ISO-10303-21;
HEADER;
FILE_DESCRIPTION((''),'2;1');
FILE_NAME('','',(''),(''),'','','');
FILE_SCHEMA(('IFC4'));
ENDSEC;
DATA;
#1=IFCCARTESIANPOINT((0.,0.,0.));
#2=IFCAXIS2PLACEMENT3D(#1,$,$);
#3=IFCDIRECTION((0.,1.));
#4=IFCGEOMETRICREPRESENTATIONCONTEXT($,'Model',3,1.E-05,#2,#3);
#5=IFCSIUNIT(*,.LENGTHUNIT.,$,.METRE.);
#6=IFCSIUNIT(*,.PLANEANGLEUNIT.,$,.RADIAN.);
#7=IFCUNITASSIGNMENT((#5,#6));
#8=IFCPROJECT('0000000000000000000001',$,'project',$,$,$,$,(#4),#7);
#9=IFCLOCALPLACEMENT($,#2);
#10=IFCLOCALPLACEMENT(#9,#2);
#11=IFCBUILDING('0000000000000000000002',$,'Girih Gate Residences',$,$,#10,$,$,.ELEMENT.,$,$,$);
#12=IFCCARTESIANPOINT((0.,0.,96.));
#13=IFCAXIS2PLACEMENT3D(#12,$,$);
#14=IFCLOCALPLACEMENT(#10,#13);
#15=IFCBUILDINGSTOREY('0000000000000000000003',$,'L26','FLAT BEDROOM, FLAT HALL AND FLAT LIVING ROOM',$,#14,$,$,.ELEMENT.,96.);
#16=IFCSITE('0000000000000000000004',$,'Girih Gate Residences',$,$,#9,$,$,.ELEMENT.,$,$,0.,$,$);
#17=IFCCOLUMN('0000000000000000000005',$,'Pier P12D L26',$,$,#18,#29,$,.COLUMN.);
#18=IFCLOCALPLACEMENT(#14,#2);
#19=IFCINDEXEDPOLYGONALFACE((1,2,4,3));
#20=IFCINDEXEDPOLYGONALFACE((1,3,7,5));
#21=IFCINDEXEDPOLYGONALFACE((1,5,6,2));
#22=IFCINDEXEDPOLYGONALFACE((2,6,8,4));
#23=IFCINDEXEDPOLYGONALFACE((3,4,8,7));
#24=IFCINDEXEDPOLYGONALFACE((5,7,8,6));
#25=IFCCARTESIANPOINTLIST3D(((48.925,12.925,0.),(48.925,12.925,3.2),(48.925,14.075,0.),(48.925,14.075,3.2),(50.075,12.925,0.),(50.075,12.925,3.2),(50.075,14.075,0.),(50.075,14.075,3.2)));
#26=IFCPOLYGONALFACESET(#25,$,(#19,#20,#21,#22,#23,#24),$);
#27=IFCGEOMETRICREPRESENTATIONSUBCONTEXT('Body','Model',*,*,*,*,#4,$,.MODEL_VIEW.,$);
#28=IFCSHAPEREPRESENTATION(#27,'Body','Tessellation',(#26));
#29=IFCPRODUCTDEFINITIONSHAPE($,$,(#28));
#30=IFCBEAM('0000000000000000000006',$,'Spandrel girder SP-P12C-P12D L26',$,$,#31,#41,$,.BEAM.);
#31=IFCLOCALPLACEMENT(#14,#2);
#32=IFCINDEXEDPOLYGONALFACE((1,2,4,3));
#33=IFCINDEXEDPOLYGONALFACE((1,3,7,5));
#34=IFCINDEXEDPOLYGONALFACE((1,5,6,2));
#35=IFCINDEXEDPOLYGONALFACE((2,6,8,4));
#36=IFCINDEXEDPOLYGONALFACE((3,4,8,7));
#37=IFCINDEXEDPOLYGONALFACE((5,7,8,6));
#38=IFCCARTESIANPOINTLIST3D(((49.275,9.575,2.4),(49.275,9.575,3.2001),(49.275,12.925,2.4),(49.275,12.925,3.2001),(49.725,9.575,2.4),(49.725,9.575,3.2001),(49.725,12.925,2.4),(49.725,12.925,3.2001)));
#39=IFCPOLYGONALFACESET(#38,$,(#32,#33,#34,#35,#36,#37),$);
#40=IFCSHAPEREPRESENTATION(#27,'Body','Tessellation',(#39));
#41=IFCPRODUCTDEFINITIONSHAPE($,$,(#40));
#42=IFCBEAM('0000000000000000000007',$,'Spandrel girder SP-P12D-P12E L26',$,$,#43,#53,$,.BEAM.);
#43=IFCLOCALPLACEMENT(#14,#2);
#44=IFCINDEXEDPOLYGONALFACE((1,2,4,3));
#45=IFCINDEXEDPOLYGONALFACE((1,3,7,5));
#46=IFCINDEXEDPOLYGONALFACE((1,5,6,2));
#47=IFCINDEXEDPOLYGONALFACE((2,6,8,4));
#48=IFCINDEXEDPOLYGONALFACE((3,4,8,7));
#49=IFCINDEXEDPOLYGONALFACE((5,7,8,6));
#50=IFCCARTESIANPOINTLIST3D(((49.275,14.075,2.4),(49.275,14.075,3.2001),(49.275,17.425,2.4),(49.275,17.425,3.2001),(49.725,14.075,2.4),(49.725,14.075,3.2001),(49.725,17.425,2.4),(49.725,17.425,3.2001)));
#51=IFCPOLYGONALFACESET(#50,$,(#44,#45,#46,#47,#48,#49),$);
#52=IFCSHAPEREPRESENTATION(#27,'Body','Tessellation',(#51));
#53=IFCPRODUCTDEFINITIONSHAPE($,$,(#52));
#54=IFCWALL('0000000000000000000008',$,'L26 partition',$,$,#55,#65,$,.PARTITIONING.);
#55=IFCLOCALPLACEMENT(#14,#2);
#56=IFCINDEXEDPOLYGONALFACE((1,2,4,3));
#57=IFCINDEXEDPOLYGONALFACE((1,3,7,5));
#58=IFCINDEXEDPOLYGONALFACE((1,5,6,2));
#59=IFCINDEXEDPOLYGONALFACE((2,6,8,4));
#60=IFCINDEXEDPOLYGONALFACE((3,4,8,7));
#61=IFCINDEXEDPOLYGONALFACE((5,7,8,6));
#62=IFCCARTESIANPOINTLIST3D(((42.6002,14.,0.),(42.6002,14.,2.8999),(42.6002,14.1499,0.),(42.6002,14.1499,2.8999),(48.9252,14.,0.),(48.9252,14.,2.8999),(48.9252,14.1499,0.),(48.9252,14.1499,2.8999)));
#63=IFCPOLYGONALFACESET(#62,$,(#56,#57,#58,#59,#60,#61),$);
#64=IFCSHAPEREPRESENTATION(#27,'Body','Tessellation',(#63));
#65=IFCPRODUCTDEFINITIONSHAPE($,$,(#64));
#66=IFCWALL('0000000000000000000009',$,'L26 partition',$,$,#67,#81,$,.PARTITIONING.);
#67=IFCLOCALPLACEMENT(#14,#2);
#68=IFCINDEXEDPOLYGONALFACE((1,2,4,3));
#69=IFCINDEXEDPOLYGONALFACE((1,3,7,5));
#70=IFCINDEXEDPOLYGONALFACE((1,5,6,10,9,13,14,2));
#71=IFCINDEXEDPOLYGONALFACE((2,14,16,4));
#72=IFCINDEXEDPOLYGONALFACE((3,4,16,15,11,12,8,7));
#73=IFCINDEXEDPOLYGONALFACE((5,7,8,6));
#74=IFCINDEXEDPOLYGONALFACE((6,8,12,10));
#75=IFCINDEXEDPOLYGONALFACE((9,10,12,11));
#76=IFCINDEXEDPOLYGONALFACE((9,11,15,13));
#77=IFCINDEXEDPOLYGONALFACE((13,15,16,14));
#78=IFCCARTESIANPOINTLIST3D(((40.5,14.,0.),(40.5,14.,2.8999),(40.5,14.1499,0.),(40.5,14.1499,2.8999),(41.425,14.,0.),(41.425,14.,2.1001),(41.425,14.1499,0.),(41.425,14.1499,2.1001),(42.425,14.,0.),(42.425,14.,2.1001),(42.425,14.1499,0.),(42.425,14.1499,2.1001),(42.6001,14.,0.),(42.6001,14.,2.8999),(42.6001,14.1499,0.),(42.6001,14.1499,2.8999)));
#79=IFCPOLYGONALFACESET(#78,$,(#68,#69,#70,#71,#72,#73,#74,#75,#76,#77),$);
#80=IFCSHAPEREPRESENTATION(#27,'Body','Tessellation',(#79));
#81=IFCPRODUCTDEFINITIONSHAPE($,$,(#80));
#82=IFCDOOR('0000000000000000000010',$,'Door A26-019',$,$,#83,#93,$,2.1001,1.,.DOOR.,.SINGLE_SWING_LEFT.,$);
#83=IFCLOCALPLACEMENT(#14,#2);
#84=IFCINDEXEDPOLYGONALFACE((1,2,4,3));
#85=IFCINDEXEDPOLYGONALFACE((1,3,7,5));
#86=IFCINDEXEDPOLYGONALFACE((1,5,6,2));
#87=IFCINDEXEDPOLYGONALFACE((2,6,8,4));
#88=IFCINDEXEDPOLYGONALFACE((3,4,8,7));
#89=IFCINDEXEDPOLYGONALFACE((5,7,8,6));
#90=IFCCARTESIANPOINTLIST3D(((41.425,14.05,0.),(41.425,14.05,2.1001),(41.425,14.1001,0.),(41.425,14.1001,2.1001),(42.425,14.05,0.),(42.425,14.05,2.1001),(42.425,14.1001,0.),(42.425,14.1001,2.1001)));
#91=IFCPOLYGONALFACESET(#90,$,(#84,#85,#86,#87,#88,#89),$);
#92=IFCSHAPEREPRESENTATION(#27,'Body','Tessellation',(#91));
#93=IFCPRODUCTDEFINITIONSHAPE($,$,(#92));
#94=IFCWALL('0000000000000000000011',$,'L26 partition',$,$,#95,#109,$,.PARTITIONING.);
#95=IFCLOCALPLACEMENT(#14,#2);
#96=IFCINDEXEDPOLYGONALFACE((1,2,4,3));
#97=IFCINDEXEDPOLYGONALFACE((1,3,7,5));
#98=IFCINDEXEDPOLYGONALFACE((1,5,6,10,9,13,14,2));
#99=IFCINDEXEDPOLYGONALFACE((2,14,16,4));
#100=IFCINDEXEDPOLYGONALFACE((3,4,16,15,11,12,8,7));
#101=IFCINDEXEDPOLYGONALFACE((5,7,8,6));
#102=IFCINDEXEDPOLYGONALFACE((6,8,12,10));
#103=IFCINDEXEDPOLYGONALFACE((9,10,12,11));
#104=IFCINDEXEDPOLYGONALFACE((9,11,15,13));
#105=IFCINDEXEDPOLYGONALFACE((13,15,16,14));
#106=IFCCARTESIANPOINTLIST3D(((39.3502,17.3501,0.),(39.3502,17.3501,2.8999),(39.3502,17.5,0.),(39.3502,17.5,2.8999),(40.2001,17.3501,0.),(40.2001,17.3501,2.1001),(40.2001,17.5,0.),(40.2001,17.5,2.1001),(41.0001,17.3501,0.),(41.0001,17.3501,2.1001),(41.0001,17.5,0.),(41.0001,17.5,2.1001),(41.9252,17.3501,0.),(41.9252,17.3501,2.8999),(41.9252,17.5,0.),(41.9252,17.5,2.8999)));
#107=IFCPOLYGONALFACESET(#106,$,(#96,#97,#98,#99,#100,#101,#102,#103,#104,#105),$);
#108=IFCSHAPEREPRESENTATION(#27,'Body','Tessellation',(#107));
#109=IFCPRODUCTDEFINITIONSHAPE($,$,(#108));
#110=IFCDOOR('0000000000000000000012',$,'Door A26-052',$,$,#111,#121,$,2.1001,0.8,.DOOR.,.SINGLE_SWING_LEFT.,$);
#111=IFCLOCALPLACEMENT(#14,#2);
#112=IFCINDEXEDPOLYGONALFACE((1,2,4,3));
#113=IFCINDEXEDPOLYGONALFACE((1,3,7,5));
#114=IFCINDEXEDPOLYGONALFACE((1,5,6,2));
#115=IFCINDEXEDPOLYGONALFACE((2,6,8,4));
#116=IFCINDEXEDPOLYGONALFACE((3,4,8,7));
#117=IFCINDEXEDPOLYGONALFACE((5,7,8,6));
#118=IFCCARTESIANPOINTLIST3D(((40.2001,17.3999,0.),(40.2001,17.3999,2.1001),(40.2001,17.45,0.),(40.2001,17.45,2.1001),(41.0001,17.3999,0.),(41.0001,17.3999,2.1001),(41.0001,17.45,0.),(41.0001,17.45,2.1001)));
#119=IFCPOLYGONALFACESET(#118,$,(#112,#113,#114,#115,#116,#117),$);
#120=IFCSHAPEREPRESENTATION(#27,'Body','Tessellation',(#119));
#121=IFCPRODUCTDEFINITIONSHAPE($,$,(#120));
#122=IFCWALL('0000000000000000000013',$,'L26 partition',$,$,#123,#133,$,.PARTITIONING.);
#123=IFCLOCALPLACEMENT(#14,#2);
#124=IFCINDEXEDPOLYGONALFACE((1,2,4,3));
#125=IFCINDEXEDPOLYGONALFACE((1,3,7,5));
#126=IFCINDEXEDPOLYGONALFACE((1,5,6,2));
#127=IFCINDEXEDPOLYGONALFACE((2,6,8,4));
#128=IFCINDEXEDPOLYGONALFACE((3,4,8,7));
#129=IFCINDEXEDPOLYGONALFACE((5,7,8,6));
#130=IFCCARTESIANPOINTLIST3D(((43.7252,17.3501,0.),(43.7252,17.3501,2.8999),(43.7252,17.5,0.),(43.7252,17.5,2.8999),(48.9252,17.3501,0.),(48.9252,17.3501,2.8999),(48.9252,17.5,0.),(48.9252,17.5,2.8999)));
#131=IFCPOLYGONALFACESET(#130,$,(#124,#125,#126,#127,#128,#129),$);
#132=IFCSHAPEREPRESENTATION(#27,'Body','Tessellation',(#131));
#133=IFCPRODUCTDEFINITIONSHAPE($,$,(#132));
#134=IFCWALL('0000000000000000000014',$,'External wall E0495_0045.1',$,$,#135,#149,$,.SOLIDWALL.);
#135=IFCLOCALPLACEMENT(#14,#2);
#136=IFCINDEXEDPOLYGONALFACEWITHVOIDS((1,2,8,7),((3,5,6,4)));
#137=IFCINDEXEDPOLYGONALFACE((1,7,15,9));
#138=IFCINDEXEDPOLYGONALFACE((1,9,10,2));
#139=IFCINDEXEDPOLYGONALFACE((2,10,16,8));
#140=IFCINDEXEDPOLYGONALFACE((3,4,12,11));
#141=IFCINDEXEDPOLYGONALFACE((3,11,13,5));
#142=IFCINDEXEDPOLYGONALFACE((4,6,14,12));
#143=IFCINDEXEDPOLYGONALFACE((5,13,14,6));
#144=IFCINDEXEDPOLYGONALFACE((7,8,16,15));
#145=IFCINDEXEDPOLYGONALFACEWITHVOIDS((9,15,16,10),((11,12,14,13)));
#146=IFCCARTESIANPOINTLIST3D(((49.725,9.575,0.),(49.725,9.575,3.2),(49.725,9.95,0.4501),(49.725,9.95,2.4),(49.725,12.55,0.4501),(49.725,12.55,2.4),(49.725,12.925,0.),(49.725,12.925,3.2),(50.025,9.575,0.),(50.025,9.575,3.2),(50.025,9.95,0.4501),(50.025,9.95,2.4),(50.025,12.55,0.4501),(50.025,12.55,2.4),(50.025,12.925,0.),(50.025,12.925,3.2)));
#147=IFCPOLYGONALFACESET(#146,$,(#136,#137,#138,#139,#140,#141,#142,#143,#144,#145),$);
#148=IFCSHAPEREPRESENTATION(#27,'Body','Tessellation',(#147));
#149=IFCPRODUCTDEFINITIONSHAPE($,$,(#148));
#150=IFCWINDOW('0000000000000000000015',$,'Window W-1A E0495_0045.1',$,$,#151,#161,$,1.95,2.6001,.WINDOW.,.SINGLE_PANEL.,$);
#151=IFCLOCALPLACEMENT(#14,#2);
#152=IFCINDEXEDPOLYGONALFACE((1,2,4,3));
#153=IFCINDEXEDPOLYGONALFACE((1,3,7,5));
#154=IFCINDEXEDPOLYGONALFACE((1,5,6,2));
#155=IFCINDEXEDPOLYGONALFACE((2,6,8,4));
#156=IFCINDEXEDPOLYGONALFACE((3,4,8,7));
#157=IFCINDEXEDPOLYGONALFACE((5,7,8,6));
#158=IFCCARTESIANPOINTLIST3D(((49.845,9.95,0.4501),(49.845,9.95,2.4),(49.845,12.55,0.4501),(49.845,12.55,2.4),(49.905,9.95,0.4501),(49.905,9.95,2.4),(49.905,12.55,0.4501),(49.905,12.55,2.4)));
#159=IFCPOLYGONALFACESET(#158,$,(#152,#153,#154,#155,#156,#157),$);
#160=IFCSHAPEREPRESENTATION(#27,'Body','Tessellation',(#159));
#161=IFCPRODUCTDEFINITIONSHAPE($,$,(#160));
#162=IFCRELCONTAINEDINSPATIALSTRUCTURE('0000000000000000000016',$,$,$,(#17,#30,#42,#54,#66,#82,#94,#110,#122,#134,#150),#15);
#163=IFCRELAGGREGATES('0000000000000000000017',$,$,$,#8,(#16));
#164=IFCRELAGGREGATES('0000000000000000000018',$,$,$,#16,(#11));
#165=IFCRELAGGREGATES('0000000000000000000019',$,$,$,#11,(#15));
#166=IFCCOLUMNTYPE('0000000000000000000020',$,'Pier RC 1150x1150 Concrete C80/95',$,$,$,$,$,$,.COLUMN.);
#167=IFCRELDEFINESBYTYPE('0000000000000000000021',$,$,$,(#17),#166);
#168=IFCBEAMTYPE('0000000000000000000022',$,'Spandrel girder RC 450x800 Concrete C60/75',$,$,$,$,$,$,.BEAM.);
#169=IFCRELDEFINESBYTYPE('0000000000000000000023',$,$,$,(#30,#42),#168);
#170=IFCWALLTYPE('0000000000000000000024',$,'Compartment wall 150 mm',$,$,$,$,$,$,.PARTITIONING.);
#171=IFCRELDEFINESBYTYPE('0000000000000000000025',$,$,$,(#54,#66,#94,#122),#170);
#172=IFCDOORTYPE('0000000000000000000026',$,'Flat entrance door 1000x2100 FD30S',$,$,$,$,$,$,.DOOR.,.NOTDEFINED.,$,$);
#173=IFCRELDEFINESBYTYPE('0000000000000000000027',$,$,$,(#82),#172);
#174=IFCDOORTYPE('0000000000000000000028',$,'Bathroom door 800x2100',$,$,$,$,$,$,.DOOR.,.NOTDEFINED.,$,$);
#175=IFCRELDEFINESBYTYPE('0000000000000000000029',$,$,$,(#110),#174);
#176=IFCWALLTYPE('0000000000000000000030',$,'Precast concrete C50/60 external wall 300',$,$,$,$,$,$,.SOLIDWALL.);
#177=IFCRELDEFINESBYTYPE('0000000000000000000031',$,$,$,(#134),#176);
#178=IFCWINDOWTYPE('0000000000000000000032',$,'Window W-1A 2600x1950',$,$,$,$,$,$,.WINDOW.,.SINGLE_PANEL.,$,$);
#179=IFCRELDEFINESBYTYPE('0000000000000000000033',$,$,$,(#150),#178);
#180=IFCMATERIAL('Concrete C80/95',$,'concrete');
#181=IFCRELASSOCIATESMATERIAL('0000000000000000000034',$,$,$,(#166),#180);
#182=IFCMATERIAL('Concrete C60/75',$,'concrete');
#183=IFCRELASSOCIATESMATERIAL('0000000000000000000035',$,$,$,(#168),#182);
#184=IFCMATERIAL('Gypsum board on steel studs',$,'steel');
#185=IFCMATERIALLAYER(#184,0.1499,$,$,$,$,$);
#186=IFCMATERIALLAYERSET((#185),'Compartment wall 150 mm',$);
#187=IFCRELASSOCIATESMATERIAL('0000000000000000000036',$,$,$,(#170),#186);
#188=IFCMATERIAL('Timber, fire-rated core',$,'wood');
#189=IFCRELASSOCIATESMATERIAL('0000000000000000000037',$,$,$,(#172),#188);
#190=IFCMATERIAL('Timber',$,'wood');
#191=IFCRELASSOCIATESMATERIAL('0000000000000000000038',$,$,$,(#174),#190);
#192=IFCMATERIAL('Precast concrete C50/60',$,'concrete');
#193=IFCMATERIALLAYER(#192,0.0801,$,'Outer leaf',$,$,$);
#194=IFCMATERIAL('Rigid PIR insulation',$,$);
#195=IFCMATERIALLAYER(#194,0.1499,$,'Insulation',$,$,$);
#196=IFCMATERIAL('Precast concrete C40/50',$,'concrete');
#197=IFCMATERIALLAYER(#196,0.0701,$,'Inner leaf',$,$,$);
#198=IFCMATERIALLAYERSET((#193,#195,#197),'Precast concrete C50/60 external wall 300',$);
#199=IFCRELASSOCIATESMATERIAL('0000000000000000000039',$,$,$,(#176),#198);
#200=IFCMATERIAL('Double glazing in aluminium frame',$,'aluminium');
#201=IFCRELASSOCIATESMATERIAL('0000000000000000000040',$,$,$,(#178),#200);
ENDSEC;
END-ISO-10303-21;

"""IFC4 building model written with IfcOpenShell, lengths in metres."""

from ifc_helpers import new_model, si_unit, direction, frame, frame_2d, origin, origin_2d, place, context, subcontext, project, spatial, rectangle, extrude, material, layer, layer_set, material_profile, profile_set, type_object, element, fill, save


model = new_model("IFC4")

# Units and contexts
model_context = context("Model", 3, precision=1e-05, world=origin(), true_north=direction((0.0, 1.0)))
body_context = subcontext(model_context, "Body", "Model", "MODEL_VIEW")
ifc_project = project(units=[si_unit("LENGTHUNIT", "METRE"), si_unit("PLANEANGLEUNIT", "RADIAN")], contexts=[model_context])

# Site, building, storey
site_placement = place(None, origin())
site = spatial("IfcSite", under=ifc_project, at=site_placement, Name="Girih Gate Residences", CompositionType="ELEMENT", RefElevation=0.0)
building_placement = place(site_placement, origin())
building = spatial("IfcBuilding", under=site, at=building_placement, Name="Girih Gate Residences", CompositionType="ELEMENT")
storey_placement = place(building_placement, frame((0.0, 0.0, 96.0)))
storey = spatial("IfcBuildingStorey", under=building, at=storey_placement, Name="L26", Description="FLAT BEDROOM, FLAT HALL AND FLAT LIVING ROOM", CompositionType="ELEMENT", Elevation=96.0)

# Column
ifc_material_1 = material(Name="Concrete C80/95", Category="concrete")
ifc_material_profile_1 = material_profile(ifc_material_1, rectangle(XDim=1.1499, YDim=1.1499, at=origin_2d()))
ifc_profile_set_1 = profile_set([ifc_material_profile_1], Name="Concrete C80/95")
column_type = type_object("IfcColumnType", Name="Pier RC 1150x1150 Concrete C80/95", PredefinedType="COLUMN", material=ifc_profile_set_1)
column_placement = place(storey_placement, frame((49.5, 13.5, 0.0), z_axis=(0.0, 0.0, 1.0), x_axis=(1.0, 0.0, 0.0)))
element("IfcColumn", 1, at=column_placement, inside=storey, type_object=column_type, Name="Pier P12D L26", PredefinedType="COLUMN", context=body_context, shape_type="SweptSolid", body=[
    extrude(rectangle(XDim=1.1499, YDim=1.1499, at=origin_2d()), origin(), (0.0, 0.0, 1.0), 3.2),
])

# Beams
ifc_material_2 = material(Name="Concrete C60/75", Category="concrete")
ifc_material_profile_2 = material_profile(ifc_material_2, rectangle(XDim=0.45, YDim=0.8, at=origin_2d()))
ifc_profile_set_2 = profile_set([ifc_material_profile_2], Name="Concrete C60/75")
beam_type = type_object("IfcBeamType", Name="Spandrel girder RC 450x800 Concrete C60/75", PredefinedType="BEAM", material=ifc_profile_set_2)
for number, where, z_axis, x_axis, name in (
    (2, (49.5, 9.575, 2.8), (0.0, 1.0, 0.0), (-1.0, 0.0, 0.0), "Spandrel girder SP-P12C-P12D L26"),
    (3, (49.5, 14.075, 2.8), (0.0, 1.0, 0.0), (-1.0, 0.0, 0.0), "Spandrel girder SP-P12D-P12E L26"),
):
    element("IfcBeam", number, at=place(storey_placement, frame(where, z_axis=z_axis, x_axis=x_axis)), inside=storey, type_object=beam_type, Name=name, PredefinedType="BEAM", context=body_context, shape_type="SweptSolid", body=[
        extrude(rectangle(XDim=0.45, YDim=0.8, at=origin_2d()), origin(), (0.0, 0.0, 1.0), 3.3501),
    ])

# Wall
ifc_material_3 = material(Name="Gypsum board on steel studs", Category="steel")
ifc_layer_1 = layer(ifc_material_3, 0.1499)
ifc_layer_set_1 = layer_set([ifc_layer_1], Name="Compartment wall 150 mm")
wall_type_1 = type_object("IfcWallType", Name="Compartment wall 150 mm", PredefinedType="PARTITIONING", material=ifc_layer_set_1)
wall_1_placement = place(storey_placement, frame((42.6001, 14.075, 0.0), z_axis=(0.0, 0.0, 1.0), x_axis=(1.0, 0.0, 0.0)))
element("IfcWall", 4, at=wall_1_placement, inside=storey, type_object=wall_type_1, Name="L26 partition", PredefinedType="PARTITIONING", context=body_context, shape_type="SweptSolid", body=[
    extrude(rectangle(XDim=6.325, YDim=0.1499, at=frame_2d((3.1626, 0.0))), origin(), (0.0, 0.0, 1.0), 2.8999),
])

# Walls, openings, doors
wall_2_placement = place(storey_placement, frame((42.6001, 14.075, 0.0), z_axis=(0.0, 0.0, 1.0), x_axis=(-1.0, 0.0, 0.0)))
wall_2 = element("IfcWall", 5, at=wall_2_placement, inside=storey, type_object=wall_type_1, Name="L26 partition", PredefinedType="PARTITIONING", context=body_context, shape_type="SweptSolid", body=[
    extrude(rectangle(XDim=2.1001, YDim=0.1499, at=frame_2d((1.05, 0.0))), origin(), (0.0, 0.0, 1.0), 2.8999),
])
opening_1_placement = place(wall_2_placement, frame((0.175, 0.0, 0.0)))
opening_1 = element("IfcOpeningElement", 6, at=opening_1_placement, cuts=wall_2, PredefinedType="OPENING", context=body_context, shape_type="SweptSolid", body=[
    extrude(rectangle(XDim=1.0, YDim=2.1001, at=frame_2d((0.5, 1.05))), frame((0.0, 0.085, 0.0), z_axis=(0.0, -1.0, 0.0), x_axis=(1.0, 0.0, 0.0)), (0.0, 0.0, 1.0), 0.1699),
])
ifc_material_4 = material(Name="Timber, fire-rated core", Category="wood")
door_type_1 = type_object("IfcDoorType", Name="Flat entrance door 1000x2100 FD30S", OperationType="NOTDEFINED", PredefinedType="DOOR", material=ifc_material_4)
door_1_placement = place(opening_1_placement, origin())
door_1 = element("IfcDoor", 7, at=door_1_placement, inside=storey, type_object=door_type_1, Name="Door A26-019", OperationType="SINGLE_SWING_LEFT", OverallHeight=2.1001, OverallWidth=1.0, PredefinedType="DOOR", context=body_context, shape_type="SweptSolid", body=[
    extrude(rectangle(XDim=1.0, YDim=2.1001, at=frame_2d((0.5, 1.05))), frame((0.0, 0.0249, 0.0), z_axis=(0.0, -1.0, 0.0), x_axis=(1.0, 0.0, 0.0)), (0.0, 0.0, 1.0), 0.05),
])
fill(opening_1, door_1)
wall_3_placement = place(storey_placement, frame((39.3501, 17.425, 0.0), z_axis=(0.0, 0.0, 1.0), x_axis=(1.0, 0.0, 0.0)))
wall_3 = element("IfcWall", 8, at=wall_3_placement, inside=storey, type_object=wall_type_1, Name="L26 partition", PredefinedType="PARTITIONING", context=body_context, shape_type="SweptSolid", body=[
    extrude(rectangle(XDim=2.575, YDim=0.1499, at=frame_2d((1.2876, 0.0))), origin(), (0.0, 0.0, 1.0), 2.8999),
])
opening_2_placement = place(wall_3_placement, frame((0.8501, 0.0, 0.0)))
opening_2 = element("IfcOpeningElement", 9, at=opening_2_placement, cuts=wall_3, PredefinedType="OPENING", context=body_context, shape_type="SweptSolid", body=[
    extrude(rectangle(XDim=0.8, YDim=2.1001, at=frame_2d((0.3999, 1.05))), frame((0.0, 0.085, 0.0), z_axis=(0.0, -1.0, 0.0), x_axis=(1.0, 0.0, 0.0)), (0.0, 0.0, 1.0), 0.1699),
])
ifc_material_5 = material(Name="Timber", Category="wood")
door_type_2 = type_object("IfcDoorType", Name="Bathroom door 800x2100", OperationType="NOTDEFINED", PredefinedType="DOOR", material=ifc_material_5)
door_2_placement = place(opening_2_placement, origin())
door_2 = element("IfcDoor", 10, at=door_2_placement, inside=storey, type_object=door_type_2, Name="Door A26-052", OperationType="SINGLE_SWING_LEFT", OverallHeight=2.1001, OverallWidth=0.8, PredefinedType="DOOR", context=body_context, shape_type="SweptSolid", body=[
    extrude(rectangle(XDim=0.8, YDim=2.1001, at=frame_2d((0.3999, 1.05))), frame((0.0, 0.0249, 0.0), z_axis=(0.0, -1.0, 0.0), x_axis=(1.0, 0.0, 0.0)), (0.0, 0.0, 1.0), 0.05),
])
fill(opening_2, door_2)

# Wall
wall_4_placement = place(storey_placement, frame((43.7251, 17.425, 0.0), z_axis=(0.0, 0.0, 1.0), x_axis=(1.0, 0.0, 0.0)))
element("IfcWall", 11, at=wall_4_placement, inside=storey, type_object=wall_type_1, Name="L26 partition", PredefinedType="PARTITIONING", context=body_context, shape_type="SweptSolid", body=[
    extrude(rectangle(XDim=5.2, YDim=0.1499, at=frame_2d((2.6001, 0.0))), origin(), (0.0, 0.0, 1.0), 2.8999),
])

# Wall, opening, window
ifc_material_6 = material(Name="Precast concrete C50/60", Category="concrete")
ifc_layer_2 = layer(ifc_material_6, 0.0801, Name="Outer leaf")
ifc_material_7 = material(Name="Rigid PIR insulation")
ifc_layer_3 = layer(ifc_material_7, 0.1499, Name="Insulation")
ifc_material_8 = material(Name="Precast concrete C40/50", Category="concrete")
ifc_layer_4 = layer(ifc_material_8, 0.0701, Name="Inner leaf")
ifc_layer_set_2 = layer_set([ifc_layer_2, ifc_layer_3, ifc_layer_4], Name="Precast concrete C50/60 external wall 300")
wall_type_2 = type_object("IfcWallType", Name="Precast concrete C50/60 external wall 300", PredefinedType="SOLIDWALL", material=ifc_layer_set_2)
wall_5_placement = place(storey_placement, frame((49.875, 12.925, 0.0), z_axis=(0.0, 0.0, 1.0), x_axis=(0.0, -1.0, 0.0)))
wall_5 = element("IfcWall", 12, at=wall_5_placement, inside=storey, type_object=wall_type_2, Name="External wall E0495_0045.1", PredefinedType="SOLIDWALL", context=body_context, shape_type="SweptSolid", body=[
    extrude(rectangle(XDim=3.3501, YDim=0.3, at=frame_2d((1.675, 0.0))), origin(), (0.0, 0.0, 1.0), 3.2),
])
opening_3_placement = place(wall_5_placement, frame((0.375, 0.0, 0.45)))
opening_3 = element("IfcOpeningElement", 13, at=opening_3_placement, cuts=wall_5, PredefinedType="OPENING", context=body_context, shape_type="SweptSolid", body=[
    extrude(rectangle(XDim=2.6001, YDim=1.95, at=frame_2d((1.3, 0.9751))), frame((0.0, 0.1599, 0.0), z_axis=(0.0, -1.0, 0.0), x_axis=(1.0, 0.0, 0.0)), (0.0, 0.0, 1.0), 0.3201),
])
ifc_material_9 = material(Name="Double glazing in aluminium frame", Category="aluminium")
window_type = type_object("IfcWindowType", Name="Window W-1A 2600x1950", PartitioningType="SINGLE_PANEL", PredefinedType="WINDOW", material=ifc_material_9)
window_1_placement = place(opening_3_placement, origin())
window_1 = element("IfcWindow", 14, at=window_1_placement, inside=storey, type_object=window_type, Name="Window W-1A E0495_0045.1", OverallHeight=1.95, OverallWidth=2.6001, PartitioningType="SINGLE_PANEL", PredefinedType="WINDOW", context=body_context, shape_type="SweptSolid", body=[
    extrude(rectangle(XDim=2.6001, YDim=1.95, at=frame_2d((1.3, 0.9751))), frame((0.0, 0.03, 0.0), z_axis=(0.0, -1.0, 0.0), x_axis=(1.0, 0.0, 0.0)), (0.0, 0.0, 1.0), 0.0601),
])
fill(opening_3, window_1)

save(model, "model.ifc")
